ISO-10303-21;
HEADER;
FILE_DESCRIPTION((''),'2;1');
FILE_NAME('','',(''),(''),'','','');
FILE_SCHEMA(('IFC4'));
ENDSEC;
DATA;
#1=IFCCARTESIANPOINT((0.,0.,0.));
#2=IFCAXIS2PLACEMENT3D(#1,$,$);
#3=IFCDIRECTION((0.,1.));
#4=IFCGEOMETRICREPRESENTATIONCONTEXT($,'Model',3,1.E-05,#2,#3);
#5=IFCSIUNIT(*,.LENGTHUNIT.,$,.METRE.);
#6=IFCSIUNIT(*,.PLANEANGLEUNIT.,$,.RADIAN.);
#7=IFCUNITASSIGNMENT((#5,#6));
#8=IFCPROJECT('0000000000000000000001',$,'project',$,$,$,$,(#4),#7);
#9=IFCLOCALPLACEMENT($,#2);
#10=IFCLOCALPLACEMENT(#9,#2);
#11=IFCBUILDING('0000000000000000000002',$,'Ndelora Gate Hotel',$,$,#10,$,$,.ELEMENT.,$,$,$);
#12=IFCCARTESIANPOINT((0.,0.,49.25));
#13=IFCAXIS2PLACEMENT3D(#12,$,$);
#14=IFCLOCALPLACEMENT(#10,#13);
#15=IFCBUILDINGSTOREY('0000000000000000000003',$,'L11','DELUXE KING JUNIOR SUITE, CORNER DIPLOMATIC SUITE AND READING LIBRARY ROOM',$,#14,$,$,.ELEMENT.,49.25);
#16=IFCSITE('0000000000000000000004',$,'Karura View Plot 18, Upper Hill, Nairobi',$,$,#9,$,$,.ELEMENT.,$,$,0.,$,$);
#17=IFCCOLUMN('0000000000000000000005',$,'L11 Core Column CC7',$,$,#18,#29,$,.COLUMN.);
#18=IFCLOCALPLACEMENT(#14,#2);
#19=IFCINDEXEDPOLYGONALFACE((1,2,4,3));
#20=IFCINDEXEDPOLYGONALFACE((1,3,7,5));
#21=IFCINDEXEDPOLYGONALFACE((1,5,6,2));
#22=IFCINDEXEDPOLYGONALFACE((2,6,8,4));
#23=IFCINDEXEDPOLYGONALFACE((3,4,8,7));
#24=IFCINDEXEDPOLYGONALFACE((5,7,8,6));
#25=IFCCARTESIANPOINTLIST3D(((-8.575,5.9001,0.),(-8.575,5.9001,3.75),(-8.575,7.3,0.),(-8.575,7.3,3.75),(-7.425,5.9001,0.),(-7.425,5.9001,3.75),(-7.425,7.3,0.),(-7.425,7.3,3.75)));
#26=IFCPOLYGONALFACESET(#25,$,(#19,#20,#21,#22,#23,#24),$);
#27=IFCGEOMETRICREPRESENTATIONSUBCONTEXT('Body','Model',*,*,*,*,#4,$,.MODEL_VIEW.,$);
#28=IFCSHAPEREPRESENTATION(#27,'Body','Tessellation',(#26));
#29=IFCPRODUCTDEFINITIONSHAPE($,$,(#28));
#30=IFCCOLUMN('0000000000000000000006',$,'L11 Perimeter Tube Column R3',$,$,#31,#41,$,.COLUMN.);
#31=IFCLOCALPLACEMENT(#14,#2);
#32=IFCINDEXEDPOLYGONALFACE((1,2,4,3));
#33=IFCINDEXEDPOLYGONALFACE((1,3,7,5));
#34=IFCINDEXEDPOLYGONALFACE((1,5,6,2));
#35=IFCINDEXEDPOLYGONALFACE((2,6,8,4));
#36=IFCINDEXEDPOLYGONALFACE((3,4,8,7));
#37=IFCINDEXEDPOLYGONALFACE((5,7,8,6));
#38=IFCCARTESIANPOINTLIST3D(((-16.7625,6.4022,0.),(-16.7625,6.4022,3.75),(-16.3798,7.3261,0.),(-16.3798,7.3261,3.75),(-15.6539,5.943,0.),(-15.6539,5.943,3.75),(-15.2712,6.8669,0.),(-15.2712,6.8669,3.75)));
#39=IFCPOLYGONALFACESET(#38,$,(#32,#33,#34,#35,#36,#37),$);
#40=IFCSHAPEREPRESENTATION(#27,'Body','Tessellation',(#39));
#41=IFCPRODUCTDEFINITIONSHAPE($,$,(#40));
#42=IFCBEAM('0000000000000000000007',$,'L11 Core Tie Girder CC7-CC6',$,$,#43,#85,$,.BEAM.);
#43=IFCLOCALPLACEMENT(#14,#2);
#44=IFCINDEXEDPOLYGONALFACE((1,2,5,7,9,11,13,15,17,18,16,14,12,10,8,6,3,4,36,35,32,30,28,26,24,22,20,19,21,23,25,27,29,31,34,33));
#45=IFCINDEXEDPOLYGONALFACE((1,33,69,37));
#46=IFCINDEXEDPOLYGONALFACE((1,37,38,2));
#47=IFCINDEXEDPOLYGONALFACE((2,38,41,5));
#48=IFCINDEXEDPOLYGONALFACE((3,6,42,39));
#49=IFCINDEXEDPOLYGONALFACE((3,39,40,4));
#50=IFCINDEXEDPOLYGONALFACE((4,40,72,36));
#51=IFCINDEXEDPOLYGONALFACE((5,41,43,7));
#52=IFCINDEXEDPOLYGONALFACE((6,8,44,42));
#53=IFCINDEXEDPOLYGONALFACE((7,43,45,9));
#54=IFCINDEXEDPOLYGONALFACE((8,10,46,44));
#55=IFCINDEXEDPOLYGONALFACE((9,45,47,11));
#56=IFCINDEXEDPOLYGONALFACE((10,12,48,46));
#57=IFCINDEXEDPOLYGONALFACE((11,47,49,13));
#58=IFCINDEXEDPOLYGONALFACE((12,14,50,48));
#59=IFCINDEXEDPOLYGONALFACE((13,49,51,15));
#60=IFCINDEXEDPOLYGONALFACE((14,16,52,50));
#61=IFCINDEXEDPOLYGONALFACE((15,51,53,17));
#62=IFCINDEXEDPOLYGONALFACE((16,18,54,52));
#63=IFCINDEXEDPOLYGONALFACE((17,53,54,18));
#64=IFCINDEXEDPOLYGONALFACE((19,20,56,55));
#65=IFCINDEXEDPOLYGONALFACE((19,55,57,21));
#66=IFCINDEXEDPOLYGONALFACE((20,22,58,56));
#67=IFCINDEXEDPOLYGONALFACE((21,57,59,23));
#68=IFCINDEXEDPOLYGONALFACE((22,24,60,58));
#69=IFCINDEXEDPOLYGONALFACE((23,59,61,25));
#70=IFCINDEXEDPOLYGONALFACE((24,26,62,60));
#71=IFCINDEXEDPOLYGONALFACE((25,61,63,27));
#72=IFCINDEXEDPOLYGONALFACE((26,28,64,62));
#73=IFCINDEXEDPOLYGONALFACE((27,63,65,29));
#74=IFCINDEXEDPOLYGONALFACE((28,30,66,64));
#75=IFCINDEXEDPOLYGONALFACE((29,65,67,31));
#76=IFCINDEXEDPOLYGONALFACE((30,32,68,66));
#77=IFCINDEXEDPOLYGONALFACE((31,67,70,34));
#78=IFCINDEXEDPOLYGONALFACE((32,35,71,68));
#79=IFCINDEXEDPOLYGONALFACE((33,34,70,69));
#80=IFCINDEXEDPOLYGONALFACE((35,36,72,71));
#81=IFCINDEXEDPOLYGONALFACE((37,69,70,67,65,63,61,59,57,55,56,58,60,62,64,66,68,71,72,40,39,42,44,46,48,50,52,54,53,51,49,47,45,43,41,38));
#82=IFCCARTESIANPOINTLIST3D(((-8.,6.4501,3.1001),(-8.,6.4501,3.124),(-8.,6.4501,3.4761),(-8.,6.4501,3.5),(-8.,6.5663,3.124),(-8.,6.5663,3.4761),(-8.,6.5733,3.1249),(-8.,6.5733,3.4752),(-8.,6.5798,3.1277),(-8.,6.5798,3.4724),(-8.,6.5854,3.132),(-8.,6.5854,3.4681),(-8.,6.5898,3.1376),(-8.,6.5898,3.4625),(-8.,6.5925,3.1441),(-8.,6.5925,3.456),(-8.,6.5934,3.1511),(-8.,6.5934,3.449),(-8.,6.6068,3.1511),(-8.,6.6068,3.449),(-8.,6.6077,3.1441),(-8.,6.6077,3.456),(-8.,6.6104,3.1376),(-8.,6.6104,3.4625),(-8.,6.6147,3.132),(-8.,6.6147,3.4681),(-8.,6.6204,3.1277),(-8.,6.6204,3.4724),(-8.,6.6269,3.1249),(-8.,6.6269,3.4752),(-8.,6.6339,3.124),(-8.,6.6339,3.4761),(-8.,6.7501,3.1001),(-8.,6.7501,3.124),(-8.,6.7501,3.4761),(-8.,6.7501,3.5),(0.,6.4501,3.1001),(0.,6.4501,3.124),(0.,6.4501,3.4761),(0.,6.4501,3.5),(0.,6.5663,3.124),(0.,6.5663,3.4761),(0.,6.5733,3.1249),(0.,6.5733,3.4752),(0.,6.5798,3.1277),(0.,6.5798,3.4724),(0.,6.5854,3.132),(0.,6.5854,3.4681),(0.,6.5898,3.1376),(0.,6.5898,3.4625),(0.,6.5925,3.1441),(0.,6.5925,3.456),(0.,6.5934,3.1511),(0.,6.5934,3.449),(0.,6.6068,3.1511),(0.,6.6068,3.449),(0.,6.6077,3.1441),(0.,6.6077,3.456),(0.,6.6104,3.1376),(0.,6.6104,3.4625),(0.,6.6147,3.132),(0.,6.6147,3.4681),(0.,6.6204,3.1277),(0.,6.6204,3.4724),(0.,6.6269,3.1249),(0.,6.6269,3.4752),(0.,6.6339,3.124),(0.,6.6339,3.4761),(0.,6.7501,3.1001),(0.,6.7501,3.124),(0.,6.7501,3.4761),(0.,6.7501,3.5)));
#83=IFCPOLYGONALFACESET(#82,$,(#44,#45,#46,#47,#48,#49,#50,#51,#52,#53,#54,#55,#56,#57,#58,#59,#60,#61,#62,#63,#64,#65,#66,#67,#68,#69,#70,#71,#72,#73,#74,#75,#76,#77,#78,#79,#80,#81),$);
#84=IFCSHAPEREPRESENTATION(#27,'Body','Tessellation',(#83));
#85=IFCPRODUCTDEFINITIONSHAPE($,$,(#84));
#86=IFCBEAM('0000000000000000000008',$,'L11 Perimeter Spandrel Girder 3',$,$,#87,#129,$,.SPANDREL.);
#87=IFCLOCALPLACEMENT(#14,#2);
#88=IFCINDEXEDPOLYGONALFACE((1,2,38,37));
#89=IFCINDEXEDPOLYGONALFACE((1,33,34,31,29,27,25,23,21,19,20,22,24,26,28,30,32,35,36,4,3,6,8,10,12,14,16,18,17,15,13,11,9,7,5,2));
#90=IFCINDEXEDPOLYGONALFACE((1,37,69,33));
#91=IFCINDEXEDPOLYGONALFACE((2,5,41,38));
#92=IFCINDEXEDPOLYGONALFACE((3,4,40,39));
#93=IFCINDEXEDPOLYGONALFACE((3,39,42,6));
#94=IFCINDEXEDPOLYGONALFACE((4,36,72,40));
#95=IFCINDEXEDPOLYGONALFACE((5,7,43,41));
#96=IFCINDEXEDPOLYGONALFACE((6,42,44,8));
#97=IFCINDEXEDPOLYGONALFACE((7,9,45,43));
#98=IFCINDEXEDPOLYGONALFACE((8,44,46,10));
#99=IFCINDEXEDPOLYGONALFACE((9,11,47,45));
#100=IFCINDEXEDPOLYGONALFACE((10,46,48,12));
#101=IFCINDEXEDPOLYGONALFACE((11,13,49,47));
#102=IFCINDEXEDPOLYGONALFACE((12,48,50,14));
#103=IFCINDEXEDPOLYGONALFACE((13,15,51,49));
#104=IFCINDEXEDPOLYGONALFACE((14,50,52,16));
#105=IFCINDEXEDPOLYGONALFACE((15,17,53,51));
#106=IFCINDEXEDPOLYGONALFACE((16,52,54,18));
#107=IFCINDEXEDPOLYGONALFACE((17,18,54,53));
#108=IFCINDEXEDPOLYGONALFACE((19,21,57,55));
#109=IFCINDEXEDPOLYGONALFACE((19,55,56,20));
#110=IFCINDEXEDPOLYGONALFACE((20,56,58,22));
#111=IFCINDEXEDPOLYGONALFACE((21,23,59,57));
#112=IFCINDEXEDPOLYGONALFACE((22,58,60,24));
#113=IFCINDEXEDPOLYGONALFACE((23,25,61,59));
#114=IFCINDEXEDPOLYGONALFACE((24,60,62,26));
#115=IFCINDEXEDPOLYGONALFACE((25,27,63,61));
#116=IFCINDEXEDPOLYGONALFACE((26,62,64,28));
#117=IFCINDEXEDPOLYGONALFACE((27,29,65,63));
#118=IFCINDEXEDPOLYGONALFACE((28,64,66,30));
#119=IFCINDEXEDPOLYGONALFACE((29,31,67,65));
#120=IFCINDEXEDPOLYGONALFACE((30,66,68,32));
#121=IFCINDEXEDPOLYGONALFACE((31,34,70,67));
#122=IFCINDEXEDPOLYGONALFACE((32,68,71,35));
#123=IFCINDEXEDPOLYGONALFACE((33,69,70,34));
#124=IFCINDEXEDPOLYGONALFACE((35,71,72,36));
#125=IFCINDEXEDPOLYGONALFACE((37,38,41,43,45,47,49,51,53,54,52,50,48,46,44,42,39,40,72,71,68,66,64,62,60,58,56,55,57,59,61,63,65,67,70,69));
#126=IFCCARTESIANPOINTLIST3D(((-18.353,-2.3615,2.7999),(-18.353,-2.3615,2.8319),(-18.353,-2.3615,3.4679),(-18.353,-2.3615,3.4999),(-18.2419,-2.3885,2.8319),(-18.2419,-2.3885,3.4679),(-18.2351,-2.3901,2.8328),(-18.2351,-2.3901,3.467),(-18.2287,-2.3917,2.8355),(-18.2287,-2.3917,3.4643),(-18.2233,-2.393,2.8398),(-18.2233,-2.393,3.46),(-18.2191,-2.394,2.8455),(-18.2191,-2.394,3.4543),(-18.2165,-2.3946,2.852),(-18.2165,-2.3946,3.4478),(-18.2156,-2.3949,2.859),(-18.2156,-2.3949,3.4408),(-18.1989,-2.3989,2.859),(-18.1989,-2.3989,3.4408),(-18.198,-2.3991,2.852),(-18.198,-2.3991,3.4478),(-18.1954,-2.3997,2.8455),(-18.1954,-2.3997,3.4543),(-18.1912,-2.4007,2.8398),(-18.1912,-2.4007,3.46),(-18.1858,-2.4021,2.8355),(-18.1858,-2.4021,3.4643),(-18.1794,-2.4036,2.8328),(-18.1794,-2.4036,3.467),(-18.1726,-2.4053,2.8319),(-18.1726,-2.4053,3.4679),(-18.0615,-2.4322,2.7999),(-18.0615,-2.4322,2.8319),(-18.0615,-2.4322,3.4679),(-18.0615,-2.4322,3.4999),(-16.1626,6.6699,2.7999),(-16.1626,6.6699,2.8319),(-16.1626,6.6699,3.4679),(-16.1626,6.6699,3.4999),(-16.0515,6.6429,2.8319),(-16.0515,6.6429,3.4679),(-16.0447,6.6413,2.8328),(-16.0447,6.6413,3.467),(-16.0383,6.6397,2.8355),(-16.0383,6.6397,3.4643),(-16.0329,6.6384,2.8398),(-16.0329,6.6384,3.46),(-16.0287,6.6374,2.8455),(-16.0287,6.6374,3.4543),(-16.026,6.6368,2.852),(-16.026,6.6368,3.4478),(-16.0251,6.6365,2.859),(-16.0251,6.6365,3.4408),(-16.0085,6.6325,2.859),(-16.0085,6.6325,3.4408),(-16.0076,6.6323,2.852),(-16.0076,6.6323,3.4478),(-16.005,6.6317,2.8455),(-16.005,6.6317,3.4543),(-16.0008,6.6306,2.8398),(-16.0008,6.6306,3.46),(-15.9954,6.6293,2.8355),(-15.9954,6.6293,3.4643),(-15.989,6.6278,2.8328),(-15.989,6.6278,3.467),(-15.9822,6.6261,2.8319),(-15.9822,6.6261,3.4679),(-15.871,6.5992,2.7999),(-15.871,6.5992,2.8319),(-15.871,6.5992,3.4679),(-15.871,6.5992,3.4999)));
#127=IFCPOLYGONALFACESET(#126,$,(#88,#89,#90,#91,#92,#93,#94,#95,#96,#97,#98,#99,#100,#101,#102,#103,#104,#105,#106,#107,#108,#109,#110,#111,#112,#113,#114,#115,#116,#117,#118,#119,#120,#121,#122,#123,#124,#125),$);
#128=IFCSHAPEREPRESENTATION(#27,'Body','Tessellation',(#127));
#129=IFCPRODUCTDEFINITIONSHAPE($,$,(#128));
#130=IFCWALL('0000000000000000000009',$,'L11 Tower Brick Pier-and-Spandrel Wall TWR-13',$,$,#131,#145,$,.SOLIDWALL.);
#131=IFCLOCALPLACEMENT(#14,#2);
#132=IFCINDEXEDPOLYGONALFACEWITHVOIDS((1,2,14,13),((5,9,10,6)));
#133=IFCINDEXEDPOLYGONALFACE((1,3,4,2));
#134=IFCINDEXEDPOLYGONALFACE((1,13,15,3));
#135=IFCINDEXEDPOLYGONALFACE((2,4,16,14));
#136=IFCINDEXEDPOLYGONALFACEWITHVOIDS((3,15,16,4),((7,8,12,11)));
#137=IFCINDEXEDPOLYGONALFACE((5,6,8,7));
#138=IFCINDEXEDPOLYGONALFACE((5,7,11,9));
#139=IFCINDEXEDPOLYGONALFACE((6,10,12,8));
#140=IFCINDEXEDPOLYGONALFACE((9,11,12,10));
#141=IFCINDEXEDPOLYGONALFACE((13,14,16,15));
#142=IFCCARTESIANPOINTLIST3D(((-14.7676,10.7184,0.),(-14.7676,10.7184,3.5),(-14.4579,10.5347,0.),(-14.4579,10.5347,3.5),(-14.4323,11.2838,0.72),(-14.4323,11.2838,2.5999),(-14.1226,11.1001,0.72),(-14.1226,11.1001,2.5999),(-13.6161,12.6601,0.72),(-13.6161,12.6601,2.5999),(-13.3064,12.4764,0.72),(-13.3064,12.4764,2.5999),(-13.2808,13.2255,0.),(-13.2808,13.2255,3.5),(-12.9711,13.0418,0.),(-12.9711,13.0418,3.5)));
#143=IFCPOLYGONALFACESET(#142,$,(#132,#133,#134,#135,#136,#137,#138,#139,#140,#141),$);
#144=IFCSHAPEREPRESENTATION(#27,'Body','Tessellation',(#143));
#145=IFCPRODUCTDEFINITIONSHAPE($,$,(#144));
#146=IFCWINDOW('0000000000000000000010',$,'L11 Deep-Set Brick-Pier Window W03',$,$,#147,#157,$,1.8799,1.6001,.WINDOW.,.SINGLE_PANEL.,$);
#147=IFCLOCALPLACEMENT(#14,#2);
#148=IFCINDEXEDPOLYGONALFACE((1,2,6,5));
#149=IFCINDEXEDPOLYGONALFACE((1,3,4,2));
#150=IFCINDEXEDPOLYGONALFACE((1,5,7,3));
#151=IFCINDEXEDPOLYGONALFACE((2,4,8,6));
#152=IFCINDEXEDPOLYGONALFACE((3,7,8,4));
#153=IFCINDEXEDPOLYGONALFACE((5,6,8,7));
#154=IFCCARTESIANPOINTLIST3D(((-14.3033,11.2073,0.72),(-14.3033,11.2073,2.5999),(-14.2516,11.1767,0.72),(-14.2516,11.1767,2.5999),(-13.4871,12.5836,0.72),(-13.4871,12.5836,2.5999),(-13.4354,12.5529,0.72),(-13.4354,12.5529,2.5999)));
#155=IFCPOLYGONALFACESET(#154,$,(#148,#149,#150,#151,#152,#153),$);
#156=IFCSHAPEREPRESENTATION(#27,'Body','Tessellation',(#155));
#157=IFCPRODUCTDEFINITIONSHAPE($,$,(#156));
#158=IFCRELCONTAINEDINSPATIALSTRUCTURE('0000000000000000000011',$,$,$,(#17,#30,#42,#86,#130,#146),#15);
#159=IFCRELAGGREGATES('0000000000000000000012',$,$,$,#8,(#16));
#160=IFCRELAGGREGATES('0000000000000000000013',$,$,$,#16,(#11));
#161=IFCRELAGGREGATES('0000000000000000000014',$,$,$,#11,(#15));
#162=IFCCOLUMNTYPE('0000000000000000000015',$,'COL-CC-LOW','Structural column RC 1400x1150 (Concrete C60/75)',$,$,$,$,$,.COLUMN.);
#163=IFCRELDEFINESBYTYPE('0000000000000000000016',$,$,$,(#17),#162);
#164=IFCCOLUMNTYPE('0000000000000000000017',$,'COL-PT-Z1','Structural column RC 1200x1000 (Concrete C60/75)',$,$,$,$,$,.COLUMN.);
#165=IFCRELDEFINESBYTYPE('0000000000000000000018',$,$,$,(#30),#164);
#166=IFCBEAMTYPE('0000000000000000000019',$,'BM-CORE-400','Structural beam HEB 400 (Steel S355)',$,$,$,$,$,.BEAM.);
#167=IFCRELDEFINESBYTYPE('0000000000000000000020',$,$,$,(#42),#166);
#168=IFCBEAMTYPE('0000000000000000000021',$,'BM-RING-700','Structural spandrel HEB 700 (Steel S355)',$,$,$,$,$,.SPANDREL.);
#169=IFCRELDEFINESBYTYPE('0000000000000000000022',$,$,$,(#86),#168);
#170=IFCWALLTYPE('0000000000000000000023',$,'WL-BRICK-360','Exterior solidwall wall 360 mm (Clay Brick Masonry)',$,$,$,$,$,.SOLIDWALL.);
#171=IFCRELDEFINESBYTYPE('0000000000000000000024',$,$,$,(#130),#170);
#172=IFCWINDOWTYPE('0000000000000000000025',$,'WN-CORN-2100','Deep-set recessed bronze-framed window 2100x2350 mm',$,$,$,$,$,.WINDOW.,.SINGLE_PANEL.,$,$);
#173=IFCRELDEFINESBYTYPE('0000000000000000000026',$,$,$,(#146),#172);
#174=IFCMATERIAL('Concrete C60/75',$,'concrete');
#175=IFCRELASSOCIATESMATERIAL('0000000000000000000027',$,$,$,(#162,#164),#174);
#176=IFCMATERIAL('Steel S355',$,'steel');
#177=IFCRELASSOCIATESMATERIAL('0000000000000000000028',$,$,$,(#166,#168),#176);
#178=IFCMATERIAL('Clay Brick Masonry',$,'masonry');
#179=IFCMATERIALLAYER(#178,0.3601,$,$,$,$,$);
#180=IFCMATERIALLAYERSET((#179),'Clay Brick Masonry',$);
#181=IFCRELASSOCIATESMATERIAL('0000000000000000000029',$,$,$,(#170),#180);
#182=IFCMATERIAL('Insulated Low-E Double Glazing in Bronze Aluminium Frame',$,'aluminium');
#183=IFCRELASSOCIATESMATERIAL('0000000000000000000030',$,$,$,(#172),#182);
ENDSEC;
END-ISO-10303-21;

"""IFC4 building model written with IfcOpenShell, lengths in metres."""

from ifc_helpers import new_model, si_unit, direction, frame, frame_2d, origin, origin_2d, place, context, subcontext, project, spatial, rectangle, i_section, extrude, material, layer, layer_set, material_profile, profile_set, type_object, element, fill, save


model = new_model("IFC4")

# Units and contexts
model_context = context("Model", 3, precision=1e-05, world=origin(), true_north=direction((0.0, 1.0)))
body_context = subcontext(model_context, "Body", "Model", "MODEL_VIEW")
ifc_project = project(units=[si_unit("LENGTHUNIT", "METRE"), si_unit("PLANEANGLEUNIT", "RADIAN")], contexts=[model_context])

# Site, building, storey
site_placement = place(None, origin())
site = spatial("IfcSite", under=ifc_project, at=site_placement, Name="Karura View Plot 18, Upper Hill, Nairobi", CompositionType="ELEMENT", RefElevation=0.0)
building_placement = place(site_placement, origin())
building = spatial("IfcBuilding", under=site, at=building_placement, Name="Ndelora Gate Hotel", CompositionType="ELEMENT")
storey_placement = place(building_placement, frame((0.0, 0.0, 49.25)))
storey = spatial("IfcBuildingStorey", under=building, at=storey_placement, Name="L11", Description="DELUXE KING JUNIOR SUITE, CORNER DIPLOMATIC SUITE AND READING LIBRARY ROOM", CompositionType="ELEMENT", Elevation=49.25)

# Columns
ifc_material_1 = material(Name="Concrete C60/75", Category="concrete")
ifc_material_profile_1 = material_profile(ifc_material_1, rectangle(XDim=1.1499, YDim=1.3999, at=origin_2d()), Name="RC 1400x1150")
ifc_profile_set_1 = profile_set([ifc_material_profile_1], Name="Concrete C60/75")
column_type_1 = type_object("IfcColumnType", Name="COL-CC-LOW", Description="Structural column RC 1400x1150 (Concrete C60/75)", PredefinedType="COLUMN", material=ifc_profile_set_1)
column_1_placement = place(storey_placement, frame((-8.0, 6.6001, 0.0), z_axis=(0.0, 0.0, 1.0), x_axis=(1.0, 0.0, 0.0)))
element("IfcColumn", 1, at=column_1_placement, inside=storey, type_object=column_type_1, Name="L11 Core Column CC7", PredefinedType="COLUMN", context=body_context, shape_type="SweptSolid", body=[
    extrude(rectangle(XDim=1.1499, YDim=1.3999, at=origin_2d()), origin(), (0.0, 0.0, 1.0), 3.75),
])
ifc_material_profile_2 = material_profile(ifc_material_1, rectangle(XDim=1.0, YDim=1.2, at=origin_2d()), Name="RC 1200x1000")
ifc_profile_set_2 = profile_set([ifc_material_profile_2], Name="Concrete C60/75")
column_type_2 = type_object("IfcColumnType", Name="COL-PT-Z1", Description="Structural column RC 1200x1000 (Concrete C60/75)", PredefinedType="COLUMN", material=ifc_profile_set_2)
column_2_placement = place(storey_placement, frame((-16.0168, 6.6345, 0.0), z_axis=(0.0, 0.0, 1.0), x_axis=(0.382683, 0.92388, 0.0)))
element("IfcColumn", 2, at=column_2_placement, inside=storey, type_object=column_type_2, Name="L11 Perimeter Tube Column R3", PredefinedType="COLUMN", context=body_context, shape_type="SweptSolid", body=[
    extrude(rectangle(XDim=1.0, YDim=1.2, at=origin_2d()), origin(), (0.0, 0.0, 1.0), 3.75),
])

# Beams
ifc_material_2 = material(Name="Steel S355", Category="steel")
ifc_material_profile_3 = material_profile(ifc_material_2, i_section(OverallWidth=0.3, OverallDepth=0.3999, WebThickness=0.0134, FlangeThickness=0.0239, FilletRadius=0.0271, at=origin_2d()), Name="HEB 400")
ifc_profile_set_3 = profile_set([ifc_material_profile_3], Name="Steel S355")
beam_type_1 = type_object("IfcBeamType", Name="BM-CORE-400", Description="Structural beam HEB 400 (Steel S355)", PredefinedType="BEAM", material=ifc_profile_set_3)
beam_1_placement = place(storey_placement, frame((-8.0, 6.6001, 3.3), z_axis=(1.0, 0.0, 0.0), x_axis=(0.0, 1.0, 0.0)))
element("IfcBeam", 3, at=beam_1_placement, inside=storey, type_object=beam_type_1, Name="L11 Core Tie Girder CC7-CC6", PredefinedType="BEAM", context=body_context, shape_type="SweptSolid", body=[
    extrude(i_section(OverallWidth=0.3, OverallDepth=0.3999, WebThickness=0.0134, FlangeThickness=0.0239, FilletRadius=0.0271, at=origin_2d()), origin(), (0.0, 0.0, 1.0), 8.0),
])
ifc_material_profile_4 = material_profile(ifc_material_2, i_section(OverallWidth=0.3, OverallDepth=0.7, WebThickness=0.0171, FlangeThickness=0.032, FilletRadius=0.0271, at=origin_2d()), Name="HEB 700")
ifc_profile_set_4 = profile_set([ifc_material_profile_4], Name="Steel S355")
beam_type_2 = type_object("IfcBeamType", Name="BM-RING-700", Description="Structural spandrel HEB 700 (Steel S355)", PredefinedType="SPANDREL", material=ifc_profile_set_4)
beam_2_placement = place(storey_placement, frame((-16.0168, 6.6345, 3.1499), z_axis=(-0.235699, -0.971826, 0.0), x_axis=(0.971826, -0.235699, 0.0)))
element("IfcBeam", 4, at=beam_2_placement, inside=storey, type_object=beam_type_2, Name="L11 Perimeter Spandrel Girder 3", PredefinedType="SPANDREL", context=body_context, shape_type="SweptSolid", body=[
    extrude(i_section(OverallWidth=0.3, OverallDepth=0.7, WebThickness=0.0171, FlangeThickness=0.032, FilletRadius=0.0271, at=origin_2d()), origin(), (0.0, 0.0, 1.0), 9.2932),
])

# Wall, opening, window
ifc_material_3 = material(Name="Clay Brick Masonry", Category="masonry")
ifc_layer_1 = layer(ifc_material_3, 0.3601)
ifc_layer_set_1 = layer_set([ifc_layer_1], Name="Clay Brick Masonry")
wall_type_1 = type_object("IfcWallType", Name="WL-BRICK-360", Description="Exterior solidwall wall 360 mm (Clay Brick Masonry)", PredefinedType="SOLIDWALL", material=ifc_layer_set_1)
wall_1_placement = place(storey_placement, frame((-14.6128, 10.6265, 0.0), z_axis=(0.0, 0.0, 1.0), x_axis=(0.510092, 0.86012, 0.0)))
wall_1 = element("IfcWall", 5, at=wall_1_placement, inside=storey, type_object=wall_type_1, Name="L11 Tower Brick Pier-and-Spandrel Wall TWR-13", PredefinedType="SOLIDWALL", context=body_context, shape_type="SweptSolid", body=[
    extrude(rectangle(XDim=2.9148, YDim=0.3601, at=frame_2d((1.4575, 0.0))), origin(), (0.0, 0.0, 1.0), 3.5),
])
opening_1_placement = place(wall_1_placement, frame((0.6575, 0.0, 0.72)))
opening_1 = element("IfcOpeningElement", 6, at=opening_1_placement, cuts=wall_1, PredefinedType="OPENING", context=body_context, shape_type="SweptSolid", body=[
    extrude(rectangle(XDim=1.6001, YDim=1.8799, at=frame_2d((0.8, 0.9399))), frame((0.0, 0.1899, 0.0), z_axis=(0.0, -1.0, 0.0), x_axis=(1.0, 0.0, 0.0)), (0.0, 0.0, 1.0), 0.3801),
])
ifc_material_4 = material(Name="Insulated Low-E Double Glazing in Bronze Aluminium Frame", Category="aluminium")
window_type_1 = type_object("IfcWindowType", Name="WN-CORN-2100", Description="Deep-set recessed bronze-framed window 2100x2350 mm", PartitioningType="SINGLE_PANEL", PredefinedType="WINDOW", material=ifc_material_4)
window_1_placement = place(opening_1_placement, origin())
window_1 = element("IfcWindow", 7, at=window_1_placement, inside=storey, type_object=window_type_1, Name="L11 Deep-Set Brick-Pier Window W03", OverallHeight=1.8799, OverallWidth=1.6001, PartitioningType="SINGLE_PANEL", PredefinedType="WINDOW", context=body_context, shape_type="SweptSolid", body=[
    extrude(rectangle(XDim=1.6001, YDim=1.8799, at=frame_2d((0.8, 0.9399))), frame((0.0, 0.03, 0.0), z_axis=(0.0, -1.0, 0.0), x_axis=(1.0, 0.0, 0.0)), (0.0, 0.0, 1.0), 0.0601),
])
fill(opening_1, window_1)

save(model, "model.ifc")
